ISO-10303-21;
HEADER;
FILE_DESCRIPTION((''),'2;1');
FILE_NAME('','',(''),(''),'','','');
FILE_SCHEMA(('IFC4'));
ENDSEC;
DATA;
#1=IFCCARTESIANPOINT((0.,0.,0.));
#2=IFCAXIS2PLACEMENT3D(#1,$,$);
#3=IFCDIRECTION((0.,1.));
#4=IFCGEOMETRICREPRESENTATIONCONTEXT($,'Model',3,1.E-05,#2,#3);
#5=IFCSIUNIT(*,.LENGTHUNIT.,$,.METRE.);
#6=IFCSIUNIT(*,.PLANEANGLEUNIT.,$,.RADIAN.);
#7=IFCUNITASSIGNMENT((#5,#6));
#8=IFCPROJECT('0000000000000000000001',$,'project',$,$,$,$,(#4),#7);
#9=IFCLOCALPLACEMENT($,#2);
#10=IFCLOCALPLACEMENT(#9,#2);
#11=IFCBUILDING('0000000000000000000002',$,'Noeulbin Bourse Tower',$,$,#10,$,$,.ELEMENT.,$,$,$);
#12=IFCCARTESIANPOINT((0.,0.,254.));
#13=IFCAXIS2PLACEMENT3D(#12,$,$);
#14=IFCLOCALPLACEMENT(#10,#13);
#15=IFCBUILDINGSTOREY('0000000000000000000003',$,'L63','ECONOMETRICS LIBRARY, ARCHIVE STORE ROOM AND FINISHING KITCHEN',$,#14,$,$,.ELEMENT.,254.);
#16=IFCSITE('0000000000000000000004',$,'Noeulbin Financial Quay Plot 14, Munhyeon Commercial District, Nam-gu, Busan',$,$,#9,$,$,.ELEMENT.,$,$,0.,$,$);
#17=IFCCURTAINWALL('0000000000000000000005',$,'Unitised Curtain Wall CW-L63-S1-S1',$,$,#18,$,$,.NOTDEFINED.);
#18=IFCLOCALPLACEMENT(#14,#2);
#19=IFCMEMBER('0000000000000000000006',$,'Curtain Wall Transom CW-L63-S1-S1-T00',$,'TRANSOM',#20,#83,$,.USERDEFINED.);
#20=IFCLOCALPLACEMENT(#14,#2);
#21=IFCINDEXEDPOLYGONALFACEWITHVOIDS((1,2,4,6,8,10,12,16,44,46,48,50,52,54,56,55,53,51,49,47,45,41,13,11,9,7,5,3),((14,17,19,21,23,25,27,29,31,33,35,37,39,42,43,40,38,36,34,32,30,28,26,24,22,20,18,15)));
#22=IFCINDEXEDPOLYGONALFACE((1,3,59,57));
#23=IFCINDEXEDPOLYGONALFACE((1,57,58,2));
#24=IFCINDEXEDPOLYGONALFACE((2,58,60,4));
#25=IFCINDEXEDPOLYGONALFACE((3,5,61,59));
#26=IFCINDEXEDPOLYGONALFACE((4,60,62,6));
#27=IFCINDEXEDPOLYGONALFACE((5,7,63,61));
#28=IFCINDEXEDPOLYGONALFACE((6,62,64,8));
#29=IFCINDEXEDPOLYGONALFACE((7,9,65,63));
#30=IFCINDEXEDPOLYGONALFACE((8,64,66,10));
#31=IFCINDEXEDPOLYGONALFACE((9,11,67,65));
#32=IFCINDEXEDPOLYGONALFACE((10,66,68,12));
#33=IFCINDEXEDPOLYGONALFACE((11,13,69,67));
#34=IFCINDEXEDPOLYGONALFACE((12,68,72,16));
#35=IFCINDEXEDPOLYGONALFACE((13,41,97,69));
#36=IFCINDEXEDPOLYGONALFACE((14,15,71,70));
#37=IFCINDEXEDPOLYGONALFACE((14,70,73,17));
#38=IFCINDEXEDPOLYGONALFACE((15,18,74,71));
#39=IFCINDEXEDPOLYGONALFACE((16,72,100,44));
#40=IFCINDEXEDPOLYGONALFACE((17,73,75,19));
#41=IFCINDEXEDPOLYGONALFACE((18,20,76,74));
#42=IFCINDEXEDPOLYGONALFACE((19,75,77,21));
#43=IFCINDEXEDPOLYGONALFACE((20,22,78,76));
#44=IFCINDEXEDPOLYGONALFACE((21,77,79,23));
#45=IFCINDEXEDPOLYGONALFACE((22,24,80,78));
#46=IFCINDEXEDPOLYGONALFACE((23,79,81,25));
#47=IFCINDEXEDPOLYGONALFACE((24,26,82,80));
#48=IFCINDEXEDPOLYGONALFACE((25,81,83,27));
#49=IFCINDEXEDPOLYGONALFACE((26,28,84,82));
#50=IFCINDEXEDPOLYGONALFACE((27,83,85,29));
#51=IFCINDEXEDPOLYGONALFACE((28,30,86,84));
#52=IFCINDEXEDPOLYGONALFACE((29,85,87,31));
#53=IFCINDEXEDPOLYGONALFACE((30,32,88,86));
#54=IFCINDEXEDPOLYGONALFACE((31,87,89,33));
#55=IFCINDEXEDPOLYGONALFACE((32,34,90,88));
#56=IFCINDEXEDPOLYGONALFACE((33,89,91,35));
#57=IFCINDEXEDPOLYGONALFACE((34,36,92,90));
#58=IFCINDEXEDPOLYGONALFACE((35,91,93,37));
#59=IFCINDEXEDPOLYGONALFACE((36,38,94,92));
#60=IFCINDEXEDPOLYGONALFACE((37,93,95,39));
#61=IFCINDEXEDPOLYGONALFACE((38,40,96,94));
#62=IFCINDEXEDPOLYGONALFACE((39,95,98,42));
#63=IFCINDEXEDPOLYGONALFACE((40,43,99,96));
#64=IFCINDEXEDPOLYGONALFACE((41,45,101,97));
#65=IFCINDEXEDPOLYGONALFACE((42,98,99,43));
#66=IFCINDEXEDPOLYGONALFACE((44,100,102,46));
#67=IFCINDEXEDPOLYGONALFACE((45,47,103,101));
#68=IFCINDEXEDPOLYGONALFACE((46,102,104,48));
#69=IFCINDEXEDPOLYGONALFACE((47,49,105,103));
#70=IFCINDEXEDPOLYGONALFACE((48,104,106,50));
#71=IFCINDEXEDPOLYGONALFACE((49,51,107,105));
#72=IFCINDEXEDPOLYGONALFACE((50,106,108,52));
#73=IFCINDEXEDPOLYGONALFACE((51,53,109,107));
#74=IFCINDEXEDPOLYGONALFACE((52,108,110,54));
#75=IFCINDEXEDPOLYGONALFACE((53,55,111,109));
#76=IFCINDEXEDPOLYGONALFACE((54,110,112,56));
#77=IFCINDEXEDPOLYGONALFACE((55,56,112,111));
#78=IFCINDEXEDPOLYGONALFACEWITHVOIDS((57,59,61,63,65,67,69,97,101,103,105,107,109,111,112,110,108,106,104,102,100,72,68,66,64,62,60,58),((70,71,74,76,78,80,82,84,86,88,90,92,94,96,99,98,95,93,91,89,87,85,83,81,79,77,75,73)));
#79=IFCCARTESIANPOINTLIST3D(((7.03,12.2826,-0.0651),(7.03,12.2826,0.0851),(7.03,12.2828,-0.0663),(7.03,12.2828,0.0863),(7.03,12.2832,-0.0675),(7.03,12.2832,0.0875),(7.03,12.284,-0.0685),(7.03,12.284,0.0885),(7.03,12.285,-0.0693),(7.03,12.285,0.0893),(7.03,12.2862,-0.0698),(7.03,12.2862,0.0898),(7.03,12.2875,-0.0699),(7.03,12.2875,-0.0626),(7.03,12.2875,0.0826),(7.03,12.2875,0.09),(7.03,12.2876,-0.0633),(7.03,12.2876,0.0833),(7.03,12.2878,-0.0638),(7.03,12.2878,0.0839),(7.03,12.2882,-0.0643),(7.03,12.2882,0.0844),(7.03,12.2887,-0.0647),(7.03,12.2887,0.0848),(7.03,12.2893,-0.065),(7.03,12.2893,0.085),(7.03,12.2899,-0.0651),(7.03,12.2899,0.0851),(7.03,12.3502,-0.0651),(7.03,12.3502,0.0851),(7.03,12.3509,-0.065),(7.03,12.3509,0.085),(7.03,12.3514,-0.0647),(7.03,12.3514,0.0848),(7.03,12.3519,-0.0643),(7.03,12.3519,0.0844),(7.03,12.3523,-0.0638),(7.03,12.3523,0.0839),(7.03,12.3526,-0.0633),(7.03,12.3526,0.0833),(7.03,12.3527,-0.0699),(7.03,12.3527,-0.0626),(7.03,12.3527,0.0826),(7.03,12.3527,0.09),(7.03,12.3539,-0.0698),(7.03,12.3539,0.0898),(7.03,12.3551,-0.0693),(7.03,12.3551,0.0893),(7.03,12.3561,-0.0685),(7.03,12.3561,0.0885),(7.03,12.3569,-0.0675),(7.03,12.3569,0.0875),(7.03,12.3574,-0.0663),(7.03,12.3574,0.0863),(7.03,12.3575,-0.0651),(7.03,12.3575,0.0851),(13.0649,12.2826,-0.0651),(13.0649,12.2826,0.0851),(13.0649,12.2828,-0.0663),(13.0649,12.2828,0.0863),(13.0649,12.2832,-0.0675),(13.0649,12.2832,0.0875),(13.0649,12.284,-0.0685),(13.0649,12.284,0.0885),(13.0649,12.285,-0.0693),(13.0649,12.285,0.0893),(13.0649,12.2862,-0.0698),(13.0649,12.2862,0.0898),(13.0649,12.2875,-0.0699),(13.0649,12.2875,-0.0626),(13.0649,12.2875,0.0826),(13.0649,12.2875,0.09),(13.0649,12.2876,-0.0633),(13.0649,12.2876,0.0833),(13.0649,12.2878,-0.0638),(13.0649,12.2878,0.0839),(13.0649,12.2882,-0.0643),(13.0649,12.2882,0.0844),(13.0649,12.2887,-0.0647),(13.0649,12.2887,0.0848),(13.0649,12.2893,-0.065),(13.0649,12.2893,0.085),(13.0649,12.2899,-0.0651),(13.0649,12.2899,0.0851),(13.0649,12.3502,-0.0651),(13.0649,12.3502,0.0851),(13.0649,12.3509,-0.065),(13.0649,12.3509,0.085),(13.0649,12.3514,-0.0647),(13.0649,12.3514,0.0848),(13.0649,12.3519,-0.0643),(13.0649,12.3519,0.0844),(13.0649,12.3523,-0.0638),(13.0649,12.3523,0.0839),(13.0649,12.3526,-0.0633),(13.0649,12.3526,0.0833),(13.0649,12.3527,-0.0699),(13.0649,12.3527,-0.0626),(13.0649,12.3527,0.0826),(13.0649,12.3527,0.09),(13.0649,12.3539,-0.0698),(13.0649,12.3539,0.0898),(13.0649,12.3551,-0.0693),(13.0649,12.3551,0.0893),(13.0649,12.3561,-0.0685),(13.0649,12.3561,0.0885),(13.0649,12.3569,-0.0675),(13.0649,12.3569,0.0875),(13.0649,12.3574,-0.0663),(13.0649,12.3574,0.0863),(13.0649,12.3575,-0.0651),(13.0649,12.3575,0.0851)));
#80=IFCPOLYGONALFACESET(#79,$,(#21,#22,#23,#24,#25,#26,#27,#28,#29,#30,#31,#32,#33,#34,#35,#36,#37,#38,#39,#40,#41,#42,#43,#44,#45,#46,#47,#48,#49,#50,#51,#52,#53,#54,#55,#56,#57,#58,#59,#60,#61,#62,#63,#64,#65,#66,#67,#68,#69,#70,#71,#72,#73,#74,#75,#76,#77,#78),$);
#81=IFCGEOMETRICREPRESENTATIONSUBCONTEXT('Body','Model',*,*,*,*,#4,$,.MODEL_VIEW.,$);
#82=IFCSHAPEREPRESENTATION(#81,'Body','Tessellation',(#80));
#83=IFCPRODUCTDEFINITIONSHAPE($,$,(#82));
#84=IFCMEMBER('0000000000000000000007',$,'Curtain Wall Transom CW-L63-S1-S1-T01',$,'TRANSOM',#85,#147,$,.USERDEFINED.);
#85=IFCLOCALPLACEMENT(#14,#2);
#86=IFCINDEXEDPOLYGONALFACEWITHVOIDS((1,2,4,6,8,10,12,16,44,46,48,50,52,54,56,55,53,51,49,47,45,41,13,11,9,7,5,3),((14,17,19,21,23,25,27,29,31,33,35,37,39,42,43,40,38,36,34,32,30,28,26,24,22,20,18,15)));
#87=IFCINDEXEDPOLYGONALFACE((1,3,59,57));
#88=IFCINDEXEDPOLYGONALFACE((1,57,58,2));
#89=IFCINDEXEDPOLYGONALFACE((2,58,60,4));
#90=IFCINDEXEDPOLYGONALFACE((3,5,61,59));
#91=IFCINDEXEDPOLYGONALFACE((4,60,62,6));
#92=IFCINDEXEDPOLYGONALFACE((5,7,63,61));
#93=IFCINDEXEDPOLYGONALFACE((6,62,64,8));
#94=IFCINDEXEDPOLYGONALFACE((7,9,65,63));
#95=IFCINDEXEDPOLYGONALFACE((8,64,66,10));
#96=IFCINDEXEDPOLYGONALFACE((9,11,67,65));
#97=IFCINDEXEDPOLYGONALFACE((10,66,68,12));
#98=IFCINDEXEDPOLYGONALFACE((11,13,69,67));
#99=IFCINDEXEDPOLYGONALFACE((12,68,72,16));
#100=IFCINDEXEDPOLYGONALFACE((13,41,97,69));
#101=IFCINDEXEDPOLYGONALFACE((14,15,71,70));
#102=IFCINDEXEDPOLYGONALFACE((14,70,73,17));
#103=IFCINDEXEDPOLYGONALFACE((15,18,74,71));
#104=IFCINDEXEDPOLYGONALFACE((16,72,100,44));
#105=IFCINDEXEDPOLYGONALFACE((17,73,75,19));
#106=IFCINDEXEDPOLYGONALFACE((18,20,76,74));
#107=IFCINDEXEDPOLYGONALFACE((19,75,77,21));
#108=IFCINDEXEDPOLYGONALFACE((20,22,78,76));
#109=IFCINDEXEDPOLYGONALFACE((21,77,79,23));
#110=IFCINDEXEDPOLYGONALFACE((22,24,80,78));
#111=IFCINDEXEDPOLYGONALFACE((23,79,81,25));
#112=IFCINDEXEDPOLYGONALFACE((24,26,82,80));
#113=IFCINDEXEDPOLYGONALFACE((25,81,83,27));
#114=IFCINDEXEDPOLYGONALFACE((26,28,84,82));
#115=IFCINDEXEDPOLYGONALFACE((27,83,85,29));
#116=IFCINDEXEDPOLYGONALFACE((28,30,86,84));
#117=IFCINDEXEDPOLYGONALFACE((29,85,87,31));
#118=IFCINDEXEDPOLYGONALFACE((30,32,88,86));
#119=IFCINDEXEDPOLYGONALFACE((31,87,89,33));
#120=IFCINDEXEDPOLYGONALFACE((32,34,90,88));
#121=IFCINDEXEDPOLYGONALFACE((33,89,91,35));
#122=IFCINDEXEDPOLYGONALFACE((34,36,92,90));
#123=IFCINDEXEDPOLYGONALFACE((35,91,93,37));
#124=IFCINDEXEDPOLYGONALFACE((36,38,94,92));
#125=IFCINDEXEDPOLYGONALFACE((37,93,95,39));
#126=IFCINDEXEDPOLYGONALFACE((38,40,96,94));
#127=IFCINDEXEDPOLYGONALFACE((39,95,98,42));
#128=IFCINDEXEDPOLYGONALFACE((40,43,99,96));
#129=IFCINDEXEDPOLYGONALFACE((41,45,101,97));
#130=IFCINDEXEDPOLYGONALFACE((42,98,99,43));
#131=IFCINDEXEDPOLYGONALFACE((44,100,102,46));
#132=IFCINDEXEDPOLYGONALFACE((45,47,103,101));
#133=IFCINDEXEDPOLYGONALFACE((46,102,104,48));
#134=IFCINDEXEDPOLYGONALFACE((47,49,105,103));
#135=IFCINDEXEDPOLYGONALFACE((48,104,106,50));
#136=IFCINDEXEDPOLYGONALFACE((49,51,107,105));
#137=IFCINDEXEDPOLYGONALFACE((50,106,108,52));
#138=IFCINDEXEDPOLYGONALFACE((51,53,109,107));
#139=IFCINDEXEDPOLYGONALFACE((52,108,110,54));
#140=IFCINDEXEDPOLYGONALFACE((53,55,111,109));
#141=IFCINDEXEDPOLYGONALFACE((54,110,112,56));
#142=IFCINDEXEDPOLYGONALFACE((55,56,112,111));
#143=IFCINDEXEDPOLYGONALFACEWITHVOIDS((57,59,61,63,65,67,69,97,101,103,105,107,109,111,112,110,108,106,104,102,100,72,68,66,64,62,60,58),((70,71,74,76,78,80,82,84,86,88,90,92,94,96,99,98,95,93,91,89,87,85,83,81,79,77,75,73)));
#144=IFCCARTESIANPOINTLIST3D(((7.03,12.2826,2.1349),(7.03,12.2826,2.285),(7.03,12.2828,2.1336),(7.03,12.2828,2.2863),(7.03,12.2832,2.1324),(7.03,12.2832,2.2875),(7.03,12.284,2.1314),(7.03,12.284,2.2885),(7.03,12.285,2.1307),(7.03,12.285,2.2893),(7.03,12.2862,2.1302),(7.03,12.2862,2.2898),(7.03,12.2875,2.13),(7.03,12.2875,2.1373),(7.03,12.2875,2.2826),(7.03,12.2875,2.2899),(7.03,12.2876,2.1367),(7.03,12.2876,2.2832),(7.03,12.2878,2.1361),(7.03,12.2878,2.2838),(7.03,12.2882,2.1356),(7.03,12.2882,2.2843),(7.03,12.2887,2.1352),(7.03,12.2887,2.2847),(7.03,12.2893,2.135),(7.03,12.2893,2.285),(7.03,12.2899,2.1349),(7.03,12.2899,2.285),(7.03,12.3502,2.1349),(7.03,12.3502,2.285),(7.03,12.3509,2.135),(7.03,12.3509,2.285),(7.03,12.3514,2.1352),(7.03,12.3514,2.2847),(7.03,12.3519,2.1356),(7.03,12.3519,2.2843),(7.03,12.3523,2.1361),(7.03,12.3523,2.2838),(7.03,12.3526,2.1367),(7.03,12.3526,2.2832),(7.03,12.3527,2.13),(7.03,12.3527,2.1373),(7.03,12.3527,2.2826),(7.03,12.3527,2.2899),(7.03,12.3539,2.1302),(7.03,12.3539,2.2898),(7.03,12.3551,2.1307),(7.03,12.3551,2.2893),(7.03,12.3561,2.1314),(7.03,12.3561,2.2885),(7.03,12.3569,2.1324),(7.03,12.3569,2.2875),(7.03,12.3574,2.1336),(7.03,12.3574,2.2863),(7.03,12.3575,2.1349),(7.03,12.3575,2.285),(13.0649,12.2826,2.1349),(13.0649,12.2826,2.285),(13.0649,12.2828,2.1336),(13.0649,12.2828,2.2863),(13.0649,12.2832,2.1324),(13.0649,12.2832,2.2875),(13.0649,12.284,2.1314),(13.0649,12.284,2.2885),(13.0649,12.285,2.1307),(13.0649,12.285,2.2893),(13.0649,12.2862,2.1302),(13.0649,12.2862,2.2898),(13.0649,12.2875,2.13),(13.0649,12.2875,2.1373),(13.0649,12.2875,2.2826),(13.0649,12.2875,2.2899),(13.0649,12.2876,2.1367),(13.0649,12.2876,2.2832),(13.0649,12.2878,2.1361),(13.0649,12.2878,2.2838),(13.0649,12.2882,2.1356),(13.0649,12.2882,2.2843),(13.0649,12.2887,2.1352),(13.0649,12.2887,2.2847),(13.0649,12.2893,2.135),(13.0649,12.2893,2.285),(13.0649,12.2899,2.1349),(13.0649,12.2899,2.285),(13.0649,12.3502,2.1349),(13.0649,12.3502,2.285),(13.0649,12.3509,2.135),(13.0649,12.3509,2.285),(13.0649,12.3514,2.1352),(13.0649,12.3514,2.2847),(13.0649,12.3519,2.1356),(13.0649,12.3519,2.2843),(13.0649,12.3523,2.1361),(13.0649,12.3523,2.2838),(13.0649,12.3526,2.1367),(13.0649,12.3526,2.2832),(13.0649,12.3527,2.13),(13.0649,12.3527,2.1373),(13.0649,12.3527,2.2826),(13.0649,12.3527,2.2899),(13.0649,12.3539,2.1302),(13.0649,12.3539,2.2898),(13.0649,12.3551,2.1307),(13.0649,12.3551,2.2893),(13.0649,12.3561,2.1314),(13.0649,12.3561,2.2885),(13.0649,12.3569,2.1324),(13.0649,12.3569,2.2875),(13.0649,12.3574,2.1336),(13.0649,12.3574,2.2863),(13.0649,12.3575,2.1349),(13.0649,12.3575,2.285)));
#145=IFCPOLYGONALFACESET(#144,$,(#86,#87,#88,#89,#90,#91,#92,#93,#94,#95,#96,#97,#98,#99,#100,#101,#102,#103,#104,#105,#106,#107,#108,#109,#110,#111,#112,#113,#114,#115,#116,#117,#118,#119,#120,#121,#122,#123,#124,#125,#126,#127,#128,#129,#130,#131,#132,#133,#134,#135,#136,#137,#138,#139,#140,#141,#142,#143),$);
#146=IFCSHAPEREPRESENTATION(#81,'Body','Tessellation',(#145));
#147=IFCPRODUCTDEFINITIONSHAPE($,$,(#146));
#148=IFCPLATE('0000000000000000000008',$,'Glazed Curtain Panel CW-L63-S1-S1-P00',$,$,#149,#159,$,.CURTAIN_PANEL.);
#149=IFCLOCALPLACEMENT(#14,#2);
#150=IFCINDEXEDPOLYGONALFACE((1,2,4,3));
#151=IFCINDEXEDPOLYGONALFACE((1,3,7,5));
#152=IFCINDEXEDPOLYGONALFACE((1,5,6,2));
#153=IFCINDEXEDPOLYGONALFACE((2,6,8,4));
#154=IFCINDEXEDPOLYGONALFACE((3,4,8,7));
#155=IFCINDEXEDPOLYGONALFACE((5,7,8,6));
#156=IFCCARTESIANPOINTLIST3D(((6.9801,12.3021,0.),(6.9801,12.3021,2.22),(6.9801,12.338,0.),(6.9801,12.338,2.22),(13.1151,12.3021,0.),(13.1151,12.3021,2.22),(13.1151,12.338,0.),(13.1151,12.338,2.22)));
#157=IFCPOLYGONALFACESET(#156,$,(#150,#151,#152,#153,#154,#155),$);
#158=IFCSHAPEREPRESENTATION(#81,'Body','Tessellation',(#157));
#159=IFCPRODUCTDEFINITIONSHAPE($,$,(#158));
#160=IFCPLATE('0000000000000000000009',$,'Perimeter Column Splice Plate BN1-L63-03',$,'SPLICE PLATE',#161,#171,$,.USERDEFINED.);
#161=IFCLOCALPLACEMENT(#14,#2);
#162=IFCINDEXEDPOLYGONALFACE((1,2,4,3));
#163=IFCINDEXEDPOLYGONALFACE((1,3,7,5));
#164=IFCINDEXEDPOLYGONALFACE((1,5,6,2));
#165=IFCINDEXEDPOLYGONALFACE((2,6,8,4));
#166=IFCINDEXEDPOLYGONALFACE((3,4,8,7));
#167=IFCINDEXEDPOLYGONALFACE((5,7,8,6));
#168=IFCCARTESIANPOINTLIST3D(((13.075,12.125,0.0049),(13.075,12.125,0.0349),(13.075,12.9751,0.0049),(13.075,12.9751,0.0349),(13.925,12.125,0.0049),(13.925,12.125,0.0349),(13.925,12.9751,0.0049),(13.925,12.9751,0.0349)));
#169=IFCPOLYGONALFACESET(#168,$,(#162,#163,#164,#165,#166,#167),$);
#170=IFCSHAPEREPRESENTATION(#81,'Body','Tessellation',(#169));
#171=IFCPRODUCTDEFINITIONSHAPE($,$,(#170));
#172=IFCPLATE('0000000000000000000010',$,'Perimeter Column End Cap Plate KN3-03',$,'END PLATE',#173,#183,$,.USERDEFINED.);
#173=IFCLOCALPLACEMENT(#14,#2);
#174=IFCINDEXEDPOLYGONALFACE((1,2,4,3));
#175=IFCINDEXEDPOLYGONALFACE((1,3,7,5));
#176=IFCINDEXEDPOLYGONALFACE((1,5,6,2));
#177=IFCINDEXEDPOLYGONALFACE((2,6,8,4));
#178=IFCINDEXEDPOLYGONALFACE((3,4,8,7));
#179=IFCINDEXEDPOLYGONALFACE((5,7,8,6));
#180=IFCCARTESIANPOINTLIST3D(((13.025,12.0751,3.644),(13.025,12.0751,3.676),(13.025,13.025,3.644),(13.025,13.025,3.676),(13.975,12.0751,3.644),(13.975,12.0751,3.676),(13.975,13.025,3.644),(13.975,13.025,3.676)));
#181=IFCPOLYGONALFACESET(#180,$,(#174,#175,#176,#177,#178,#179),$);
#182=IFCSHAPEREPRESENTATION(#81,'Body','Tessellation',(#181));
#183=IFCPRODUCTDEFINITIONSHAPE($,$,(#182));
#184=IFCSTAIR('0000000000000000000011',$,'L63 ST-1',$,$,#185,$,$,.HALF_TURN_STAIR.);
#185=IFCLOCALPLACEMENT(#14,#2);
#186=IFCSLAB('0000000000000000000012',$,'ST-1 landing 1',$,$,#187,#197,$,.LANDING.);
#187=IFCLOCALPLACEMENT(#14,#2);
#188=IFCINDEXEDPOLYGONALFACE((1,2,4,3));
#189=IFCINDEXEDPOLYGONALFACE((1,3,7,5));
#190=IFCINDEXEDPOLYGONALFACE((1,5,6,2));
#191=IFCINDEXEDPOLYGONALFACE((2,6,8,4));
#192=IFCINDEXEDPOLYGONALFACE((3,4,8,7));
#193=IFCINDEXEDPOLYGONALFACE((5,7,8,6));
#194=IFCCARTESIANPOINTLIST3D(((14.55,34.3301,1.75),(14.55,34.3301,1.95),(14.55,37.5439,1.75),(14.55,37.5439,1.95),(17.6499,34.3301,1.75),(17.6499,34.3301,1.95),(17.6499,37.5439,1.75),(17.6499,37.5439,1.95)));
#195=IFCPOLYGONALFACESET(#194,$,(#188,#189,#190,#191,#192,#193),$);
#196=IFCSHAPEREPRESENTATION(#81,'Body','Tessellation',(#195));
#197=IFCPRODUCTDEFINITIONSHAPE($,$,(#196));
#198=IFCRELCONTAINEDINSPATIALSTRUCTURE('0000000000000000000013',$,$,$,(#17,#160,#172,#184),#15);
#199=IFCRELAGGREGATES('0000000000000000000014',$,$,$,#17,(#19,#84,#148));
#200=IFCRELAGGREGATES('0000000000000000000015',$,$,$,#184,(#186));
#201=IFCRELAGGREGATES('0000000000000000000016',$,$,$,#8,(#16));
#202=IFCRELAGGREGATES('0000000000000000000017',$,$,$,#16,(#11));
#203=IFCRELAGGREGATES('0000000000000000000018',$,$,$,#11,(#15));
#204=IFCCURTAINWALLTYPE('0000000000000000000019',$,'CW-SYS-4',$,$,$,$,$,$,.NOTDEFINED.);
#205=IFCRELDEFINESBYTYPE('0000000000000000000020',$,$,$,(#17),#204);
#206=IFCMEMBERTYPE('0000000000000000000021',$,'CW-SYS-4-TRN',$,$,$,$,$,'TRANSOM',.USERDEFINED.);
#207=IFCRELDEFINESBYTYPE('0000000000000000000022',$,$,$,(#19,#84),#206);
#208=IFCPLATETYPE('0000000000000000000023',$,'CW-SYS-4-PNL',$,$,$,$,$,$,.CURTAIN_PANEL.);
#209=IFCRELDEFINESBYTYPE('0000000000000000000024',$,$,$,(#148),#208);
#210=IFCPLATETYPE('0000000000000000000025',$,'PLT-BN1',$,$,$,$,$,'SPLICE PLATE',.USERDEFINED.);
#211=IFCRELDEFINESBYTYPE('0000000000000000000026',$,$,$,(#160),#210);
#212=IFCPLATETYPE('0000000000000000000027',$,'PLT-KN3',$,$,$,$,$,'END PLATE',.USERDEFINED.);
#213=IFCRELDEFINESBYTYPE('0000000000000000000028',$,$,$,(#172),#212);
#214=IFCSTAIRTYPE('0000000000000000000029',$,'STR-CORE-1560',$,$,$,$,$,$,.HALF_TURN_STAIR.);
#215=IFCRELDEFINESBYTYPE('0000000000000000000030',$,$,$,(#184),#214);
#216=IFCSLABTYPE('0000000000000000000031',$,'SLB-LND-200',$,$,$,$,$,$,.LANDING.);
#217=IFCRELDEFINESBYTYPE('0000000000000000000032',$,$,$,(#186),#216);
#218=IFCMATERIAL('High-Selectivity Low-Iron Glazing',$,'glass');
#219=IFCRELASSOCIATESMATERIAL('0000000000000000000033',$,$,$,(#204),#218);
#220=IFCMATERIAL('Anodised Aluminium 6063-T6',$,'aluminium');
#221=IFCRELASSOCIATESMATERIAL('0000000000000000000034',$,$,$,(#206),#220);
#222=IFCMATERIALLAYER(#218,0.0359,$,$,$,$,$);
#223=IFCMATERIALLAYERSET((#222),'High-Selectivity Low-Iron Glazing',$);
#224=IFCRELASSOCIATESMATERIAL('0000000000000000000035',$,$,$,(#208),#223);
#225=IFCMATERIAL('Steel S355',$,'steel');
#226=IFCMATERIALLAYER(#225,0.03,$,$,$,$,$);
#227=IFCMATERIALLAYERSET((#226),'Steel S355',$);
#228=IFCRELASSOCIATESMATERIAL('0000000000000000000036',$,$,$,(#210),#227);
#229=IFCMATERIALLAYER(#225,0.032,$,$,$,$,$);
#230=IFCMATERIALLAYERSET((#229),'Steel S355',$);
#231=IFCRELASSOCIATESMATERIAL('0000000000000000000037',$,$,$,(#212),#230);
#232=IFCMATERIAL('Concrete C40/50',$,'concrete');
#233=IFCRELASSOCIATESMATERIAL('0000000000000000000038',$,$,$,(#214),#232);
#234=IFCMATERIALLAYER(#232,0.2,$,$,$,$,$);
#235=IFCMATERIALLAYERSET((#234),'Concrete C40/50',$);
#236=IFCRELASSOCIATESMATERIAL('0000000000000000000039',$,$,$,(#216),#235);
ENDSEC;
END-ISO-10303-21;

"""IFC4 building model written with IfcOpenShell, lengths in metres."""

from ifc_helpers import new_model, si_unit, direction, frame, origin, origin_2d, place, context, subcontext, project, spatial, polyline, rectangle, hollow_rectangle, outline, extrude, material, layer, layer_set, material_profile, profile_set, type_object, element, aggregate, save


model = new_model("IFC4")

# Units and contexts
model_context = context("Model", 3, precision=1e-05, world=origin(), true_north=direction((0.0, 1.0)))
body_context = subcontext(model_context, "Body", "Model", "MODEL_VIEW")
ifc_project = project(units=[si_unit("LENGTHUNIT", "METRE"), si_unit("PLANEANGLEUNIT", "RADIAN")], contexts=[model_context])

# Site, building, storey
site_placement = place(None, origin())
site = spatial("IfcSite", under=ifc_project, at=site_placement, Name="Noeulbin Financial Quay Plot 14, Munhyeon Commercial District, Nam-gu, Busan", CompositionType="ELEMENT", RefElevation=0.0)
building_placement = place(site_placement, origin())
building = spatial("IfcBuilding", under=site, at=building_placement, Name="Noeulbin Bourse Tower", CompositionType="ELEMENT")
storey_placement = place(building_placement, frame((0.0, 0.0, 254.0)))
storey = spatial("IfcBuildingStorey", under=building, at=storey_placement, Name="L63", Description="ECONOMETRICS LIBRARY, ARCHIVE STORE ROOM AND FINISHING KITCHEN", CompositionType="ELEMENT", Elevation=254.0)

# Shared definitions
ifc_material_1 = material(Name="Steel S355", Category="steel")

# Curtain wall, members, plate
ifc_material_2 = material(Name="High-Selectivity Low-Iron Glazing", Category="glass")
curtain_wall_type = type_object("IfcCurtainWallType", Name="CW-SYS-4", PredefinedType="NOTDEFINED", material=ifc_material_2)
curtain_wall_placement = place(storey_placement, origin())
curtain_wall = element("IfcCurtainWall", 1, at=curtain_wall_placement, inside=storey, type_object=curtain_wall_type, Name="Unitised Curtain Wall CW-L63-S1-S1", PredefinedType="NOTDEFINED")
ifc_material_3 = material(Name="Anodised Aluminium 6063-T6", Category="aluminium")
ifc_material_profile_1 = material_profile(ifc_material_3, hollow_rectangle(XDim=0.075, YDim=0.1599, WallThickness=0.0049, InnerFilletRadius=0.0024, OuterFilletRadius=0.0049, at=origin_2d()), Name="ALU-TRAN-75x160x5", Category="LoadBearing")
ifc_profile_set_1 = profile_set([ifc_material_profile_1], Name="Anodised Aluminium 6063-T6")
member_type_1 = type_object("IfcMemberType", Name="CW-SYS-4-TRN", ElementType="TRANSOM", PredefinedType="USERDEFINED", material=ifc_profile_set_1)
member_1_placement = place(storey_placement, frame((7.03, 12.3201, 0.01), z_axis=(1.0, 0.0, 0.0), x_axis=(0.0, 1.0, 0.0)))
member_1 = element("IfcMember", 2, at=member_1_placement, type_object=member_type_1, Name="Curtain Wall Transom CW-L63-S1-S1-T00", ObjectType="TRANSOM", PredefinedType="USERDEFINED", context=body_context, shape_type="SweptSolid", body=[
    extrude(hollow_rectangle(XDim=0.075, YDim=0.1599, WallThickness=0.0049, InnerFilletRadius=0.0024, OuterFilletRadius=0.0049, at=origin_2d()), origin(), (0.0, 0.0, 1.0), 6.0349),
])
member_2_placement = place(storey_placement, frame((7.03, 12.3201, 2.21), z_axis=(1.0, 0.0, 0.0), x_axis=(0.0, 1.0, 0.0)))
member_2 = element("IfcMember", 3, at=member_2_placement, type_object=member_type_1, Name="Curtain Wall Transom CW-L63-S1-S1-T01", ObjectType="TRANSOM", PredefinedType="USERDEFINED", context=body_context, shape_type="SweptSolid", body=[
    extrude(hollow_rectangle(XDim=0.075, YDim=0.1599, WallThickness=0.0049, InnerFilletRadius=0.0024, OuterFilletRadius=0.0049, at=origin_2d()), origin(), (0.0, 0.0, 1.0), 6.0349),
])
ifc_layer_1 = layer(ifc_material_2, 0.0359)
ifc_layer_set_1 = layer_set([ifc_layer_1], Name="High-Selectivity Low-Iron Glazing")
plate_type_1 = type_object("IfcPlateType", Name="CW-SYS-4-PNL", PredefinedType="CURTAIN_PANEL", material=ifc_layer_set_1)
plate_1_placement = place(storey_placement, frame((10.0476, 12.3201, 0.0), z_axis=(0.0, 0.0, 1.0), x_axis=(1.0, 0.0, 0.0)))
plate_1 = element("IfcPlate", 4, at=plate_1_placement, type_object=plate_type_1, Name="Glazed Curtain Panel CW-L63-S1-S1-P00", PredefinedType="CURTAIN_PANEL", context=body_context, shape_type="SweptSolid", body=[
    extrude(rectangle(XDim=6.135, YDim=0.0359, at=origin_2d()), origin(), (0.0, 0.0, 1.0), 2.22),
])
aggregate(curtain_wall, [member_1, member_2, plate_1])

# Plates
ifc_layer_2 = layer(ifc_material_1, 0.03)
ifc_layer_set_2 = layer_set([ifc_layer_2], Name="Steel S355")
plate_type_2 = type_object("IfcPlateType", Name="PLT-BN1", ElementType="SPLICE PLATE", PredefinedType="USERDEFINED", material=ifc_layer_set_2)
plate_2_placement = place(storey_placement, frame((13.5, 12.55, 0.0049), z_axis=(0.0, 0.0, 1.0), x_axis=(1.0, 0.0, 0.0)))
element("IfcPlate", 5, at=plate_2_placement, inside=storey, type_object=plate_type_2, Name="Perimeter Column Splice Plate BN1-L63-03", ObjectType="SPLICE PLATE", PredefinedType="USERDEFINED", context=body_context, shape_type="SweptSolid", body=[
    extrude(rectangle(XDim=0.8501, YDim=0.8501, at=origin_2d()), origin(), (0.0, 0.0, 1.0), 0.03),
])
ifc_layer_3 = layer(ifc_material_1, 0.032)
ifc_layer_set_3 = layer_set([ifc_layer_3], Name="Steel S355")
plate_type_3 = type_object("IfcPlateType", Name="PLT-KN3", ElementType="END PLATE", PredefinedType="USERDEFINED", material=ifc_layer_set_3)
plate_3_placement = place(storey_placement, frame((13.5, 12.55, 3.644), z_axis=(0.0, 0.0, 1.0), x_axis=(1.0, 0.0, 0.0)))
element("IfcPlate", 6, at=plate_3_placement, inside=storey, type_object=plate_type_3, Name="Perimeter Column End Cap Plate KN3-03", ObjectType="END PLATE", PredefinedType="USERDEFINED", context=body_context, shape_type="SweptSolid", body=[
    extrude(rectangle(XDim=0.95, YDim=0.95, at=origin_2d()), origin(), (0.0, 0.0, 1.0), 0.032),
])

# Stair, slab
ifc_material_4 = material(Name="Concrete C40/50", Category="concrete")
stair_type = type_object("IfcStairType", Name="STR-CORE-1560", PredefinedType="HALF_TURN_STAIR", material=ifc_material_4)
stair_1_placement = place(storey_placement, origin())
stair_1 = element("IfcStair", 7, at=stair_1_placement, inside=storey, type_object=stair_type, Name="L63 ST-1", PredefinedType="HALF_TURN_STAIR")
ifc_layer_4 = layer(ifc_material_4, 0.2)
ifc_layer_set_4 = layer_set([ifc_layer_4], Name="Concrete C40/50")
slab_type_1 = type_object("IfcSlabType", Name="SLB-LND-200", PredefinedType="LANDING", material=ifc_layer_set_4)
slab_1_placement = place(storey_placement, frame((0.0, 0.0, 1.75)))
slab_1 = element("IfcSlab", 8, at=slab_1_placement, type_object=slab_type_1, Name="ST-1 landing 1", PredefinedType="LANDING", context=body_context, shape_type="SweptSolid", body=[
    extrude(outline(polyline([(17.6499, 34.3301), (17.6499, 37.5439), (14.55, 37.5439), (14.55, 34.3301), (17.6499, 34.3301)])), origin(), (0.0, 0.0, 1.0), 0.2),
])
aggregate(stair_1, [slab_1])

save(model, "model.ifc")
